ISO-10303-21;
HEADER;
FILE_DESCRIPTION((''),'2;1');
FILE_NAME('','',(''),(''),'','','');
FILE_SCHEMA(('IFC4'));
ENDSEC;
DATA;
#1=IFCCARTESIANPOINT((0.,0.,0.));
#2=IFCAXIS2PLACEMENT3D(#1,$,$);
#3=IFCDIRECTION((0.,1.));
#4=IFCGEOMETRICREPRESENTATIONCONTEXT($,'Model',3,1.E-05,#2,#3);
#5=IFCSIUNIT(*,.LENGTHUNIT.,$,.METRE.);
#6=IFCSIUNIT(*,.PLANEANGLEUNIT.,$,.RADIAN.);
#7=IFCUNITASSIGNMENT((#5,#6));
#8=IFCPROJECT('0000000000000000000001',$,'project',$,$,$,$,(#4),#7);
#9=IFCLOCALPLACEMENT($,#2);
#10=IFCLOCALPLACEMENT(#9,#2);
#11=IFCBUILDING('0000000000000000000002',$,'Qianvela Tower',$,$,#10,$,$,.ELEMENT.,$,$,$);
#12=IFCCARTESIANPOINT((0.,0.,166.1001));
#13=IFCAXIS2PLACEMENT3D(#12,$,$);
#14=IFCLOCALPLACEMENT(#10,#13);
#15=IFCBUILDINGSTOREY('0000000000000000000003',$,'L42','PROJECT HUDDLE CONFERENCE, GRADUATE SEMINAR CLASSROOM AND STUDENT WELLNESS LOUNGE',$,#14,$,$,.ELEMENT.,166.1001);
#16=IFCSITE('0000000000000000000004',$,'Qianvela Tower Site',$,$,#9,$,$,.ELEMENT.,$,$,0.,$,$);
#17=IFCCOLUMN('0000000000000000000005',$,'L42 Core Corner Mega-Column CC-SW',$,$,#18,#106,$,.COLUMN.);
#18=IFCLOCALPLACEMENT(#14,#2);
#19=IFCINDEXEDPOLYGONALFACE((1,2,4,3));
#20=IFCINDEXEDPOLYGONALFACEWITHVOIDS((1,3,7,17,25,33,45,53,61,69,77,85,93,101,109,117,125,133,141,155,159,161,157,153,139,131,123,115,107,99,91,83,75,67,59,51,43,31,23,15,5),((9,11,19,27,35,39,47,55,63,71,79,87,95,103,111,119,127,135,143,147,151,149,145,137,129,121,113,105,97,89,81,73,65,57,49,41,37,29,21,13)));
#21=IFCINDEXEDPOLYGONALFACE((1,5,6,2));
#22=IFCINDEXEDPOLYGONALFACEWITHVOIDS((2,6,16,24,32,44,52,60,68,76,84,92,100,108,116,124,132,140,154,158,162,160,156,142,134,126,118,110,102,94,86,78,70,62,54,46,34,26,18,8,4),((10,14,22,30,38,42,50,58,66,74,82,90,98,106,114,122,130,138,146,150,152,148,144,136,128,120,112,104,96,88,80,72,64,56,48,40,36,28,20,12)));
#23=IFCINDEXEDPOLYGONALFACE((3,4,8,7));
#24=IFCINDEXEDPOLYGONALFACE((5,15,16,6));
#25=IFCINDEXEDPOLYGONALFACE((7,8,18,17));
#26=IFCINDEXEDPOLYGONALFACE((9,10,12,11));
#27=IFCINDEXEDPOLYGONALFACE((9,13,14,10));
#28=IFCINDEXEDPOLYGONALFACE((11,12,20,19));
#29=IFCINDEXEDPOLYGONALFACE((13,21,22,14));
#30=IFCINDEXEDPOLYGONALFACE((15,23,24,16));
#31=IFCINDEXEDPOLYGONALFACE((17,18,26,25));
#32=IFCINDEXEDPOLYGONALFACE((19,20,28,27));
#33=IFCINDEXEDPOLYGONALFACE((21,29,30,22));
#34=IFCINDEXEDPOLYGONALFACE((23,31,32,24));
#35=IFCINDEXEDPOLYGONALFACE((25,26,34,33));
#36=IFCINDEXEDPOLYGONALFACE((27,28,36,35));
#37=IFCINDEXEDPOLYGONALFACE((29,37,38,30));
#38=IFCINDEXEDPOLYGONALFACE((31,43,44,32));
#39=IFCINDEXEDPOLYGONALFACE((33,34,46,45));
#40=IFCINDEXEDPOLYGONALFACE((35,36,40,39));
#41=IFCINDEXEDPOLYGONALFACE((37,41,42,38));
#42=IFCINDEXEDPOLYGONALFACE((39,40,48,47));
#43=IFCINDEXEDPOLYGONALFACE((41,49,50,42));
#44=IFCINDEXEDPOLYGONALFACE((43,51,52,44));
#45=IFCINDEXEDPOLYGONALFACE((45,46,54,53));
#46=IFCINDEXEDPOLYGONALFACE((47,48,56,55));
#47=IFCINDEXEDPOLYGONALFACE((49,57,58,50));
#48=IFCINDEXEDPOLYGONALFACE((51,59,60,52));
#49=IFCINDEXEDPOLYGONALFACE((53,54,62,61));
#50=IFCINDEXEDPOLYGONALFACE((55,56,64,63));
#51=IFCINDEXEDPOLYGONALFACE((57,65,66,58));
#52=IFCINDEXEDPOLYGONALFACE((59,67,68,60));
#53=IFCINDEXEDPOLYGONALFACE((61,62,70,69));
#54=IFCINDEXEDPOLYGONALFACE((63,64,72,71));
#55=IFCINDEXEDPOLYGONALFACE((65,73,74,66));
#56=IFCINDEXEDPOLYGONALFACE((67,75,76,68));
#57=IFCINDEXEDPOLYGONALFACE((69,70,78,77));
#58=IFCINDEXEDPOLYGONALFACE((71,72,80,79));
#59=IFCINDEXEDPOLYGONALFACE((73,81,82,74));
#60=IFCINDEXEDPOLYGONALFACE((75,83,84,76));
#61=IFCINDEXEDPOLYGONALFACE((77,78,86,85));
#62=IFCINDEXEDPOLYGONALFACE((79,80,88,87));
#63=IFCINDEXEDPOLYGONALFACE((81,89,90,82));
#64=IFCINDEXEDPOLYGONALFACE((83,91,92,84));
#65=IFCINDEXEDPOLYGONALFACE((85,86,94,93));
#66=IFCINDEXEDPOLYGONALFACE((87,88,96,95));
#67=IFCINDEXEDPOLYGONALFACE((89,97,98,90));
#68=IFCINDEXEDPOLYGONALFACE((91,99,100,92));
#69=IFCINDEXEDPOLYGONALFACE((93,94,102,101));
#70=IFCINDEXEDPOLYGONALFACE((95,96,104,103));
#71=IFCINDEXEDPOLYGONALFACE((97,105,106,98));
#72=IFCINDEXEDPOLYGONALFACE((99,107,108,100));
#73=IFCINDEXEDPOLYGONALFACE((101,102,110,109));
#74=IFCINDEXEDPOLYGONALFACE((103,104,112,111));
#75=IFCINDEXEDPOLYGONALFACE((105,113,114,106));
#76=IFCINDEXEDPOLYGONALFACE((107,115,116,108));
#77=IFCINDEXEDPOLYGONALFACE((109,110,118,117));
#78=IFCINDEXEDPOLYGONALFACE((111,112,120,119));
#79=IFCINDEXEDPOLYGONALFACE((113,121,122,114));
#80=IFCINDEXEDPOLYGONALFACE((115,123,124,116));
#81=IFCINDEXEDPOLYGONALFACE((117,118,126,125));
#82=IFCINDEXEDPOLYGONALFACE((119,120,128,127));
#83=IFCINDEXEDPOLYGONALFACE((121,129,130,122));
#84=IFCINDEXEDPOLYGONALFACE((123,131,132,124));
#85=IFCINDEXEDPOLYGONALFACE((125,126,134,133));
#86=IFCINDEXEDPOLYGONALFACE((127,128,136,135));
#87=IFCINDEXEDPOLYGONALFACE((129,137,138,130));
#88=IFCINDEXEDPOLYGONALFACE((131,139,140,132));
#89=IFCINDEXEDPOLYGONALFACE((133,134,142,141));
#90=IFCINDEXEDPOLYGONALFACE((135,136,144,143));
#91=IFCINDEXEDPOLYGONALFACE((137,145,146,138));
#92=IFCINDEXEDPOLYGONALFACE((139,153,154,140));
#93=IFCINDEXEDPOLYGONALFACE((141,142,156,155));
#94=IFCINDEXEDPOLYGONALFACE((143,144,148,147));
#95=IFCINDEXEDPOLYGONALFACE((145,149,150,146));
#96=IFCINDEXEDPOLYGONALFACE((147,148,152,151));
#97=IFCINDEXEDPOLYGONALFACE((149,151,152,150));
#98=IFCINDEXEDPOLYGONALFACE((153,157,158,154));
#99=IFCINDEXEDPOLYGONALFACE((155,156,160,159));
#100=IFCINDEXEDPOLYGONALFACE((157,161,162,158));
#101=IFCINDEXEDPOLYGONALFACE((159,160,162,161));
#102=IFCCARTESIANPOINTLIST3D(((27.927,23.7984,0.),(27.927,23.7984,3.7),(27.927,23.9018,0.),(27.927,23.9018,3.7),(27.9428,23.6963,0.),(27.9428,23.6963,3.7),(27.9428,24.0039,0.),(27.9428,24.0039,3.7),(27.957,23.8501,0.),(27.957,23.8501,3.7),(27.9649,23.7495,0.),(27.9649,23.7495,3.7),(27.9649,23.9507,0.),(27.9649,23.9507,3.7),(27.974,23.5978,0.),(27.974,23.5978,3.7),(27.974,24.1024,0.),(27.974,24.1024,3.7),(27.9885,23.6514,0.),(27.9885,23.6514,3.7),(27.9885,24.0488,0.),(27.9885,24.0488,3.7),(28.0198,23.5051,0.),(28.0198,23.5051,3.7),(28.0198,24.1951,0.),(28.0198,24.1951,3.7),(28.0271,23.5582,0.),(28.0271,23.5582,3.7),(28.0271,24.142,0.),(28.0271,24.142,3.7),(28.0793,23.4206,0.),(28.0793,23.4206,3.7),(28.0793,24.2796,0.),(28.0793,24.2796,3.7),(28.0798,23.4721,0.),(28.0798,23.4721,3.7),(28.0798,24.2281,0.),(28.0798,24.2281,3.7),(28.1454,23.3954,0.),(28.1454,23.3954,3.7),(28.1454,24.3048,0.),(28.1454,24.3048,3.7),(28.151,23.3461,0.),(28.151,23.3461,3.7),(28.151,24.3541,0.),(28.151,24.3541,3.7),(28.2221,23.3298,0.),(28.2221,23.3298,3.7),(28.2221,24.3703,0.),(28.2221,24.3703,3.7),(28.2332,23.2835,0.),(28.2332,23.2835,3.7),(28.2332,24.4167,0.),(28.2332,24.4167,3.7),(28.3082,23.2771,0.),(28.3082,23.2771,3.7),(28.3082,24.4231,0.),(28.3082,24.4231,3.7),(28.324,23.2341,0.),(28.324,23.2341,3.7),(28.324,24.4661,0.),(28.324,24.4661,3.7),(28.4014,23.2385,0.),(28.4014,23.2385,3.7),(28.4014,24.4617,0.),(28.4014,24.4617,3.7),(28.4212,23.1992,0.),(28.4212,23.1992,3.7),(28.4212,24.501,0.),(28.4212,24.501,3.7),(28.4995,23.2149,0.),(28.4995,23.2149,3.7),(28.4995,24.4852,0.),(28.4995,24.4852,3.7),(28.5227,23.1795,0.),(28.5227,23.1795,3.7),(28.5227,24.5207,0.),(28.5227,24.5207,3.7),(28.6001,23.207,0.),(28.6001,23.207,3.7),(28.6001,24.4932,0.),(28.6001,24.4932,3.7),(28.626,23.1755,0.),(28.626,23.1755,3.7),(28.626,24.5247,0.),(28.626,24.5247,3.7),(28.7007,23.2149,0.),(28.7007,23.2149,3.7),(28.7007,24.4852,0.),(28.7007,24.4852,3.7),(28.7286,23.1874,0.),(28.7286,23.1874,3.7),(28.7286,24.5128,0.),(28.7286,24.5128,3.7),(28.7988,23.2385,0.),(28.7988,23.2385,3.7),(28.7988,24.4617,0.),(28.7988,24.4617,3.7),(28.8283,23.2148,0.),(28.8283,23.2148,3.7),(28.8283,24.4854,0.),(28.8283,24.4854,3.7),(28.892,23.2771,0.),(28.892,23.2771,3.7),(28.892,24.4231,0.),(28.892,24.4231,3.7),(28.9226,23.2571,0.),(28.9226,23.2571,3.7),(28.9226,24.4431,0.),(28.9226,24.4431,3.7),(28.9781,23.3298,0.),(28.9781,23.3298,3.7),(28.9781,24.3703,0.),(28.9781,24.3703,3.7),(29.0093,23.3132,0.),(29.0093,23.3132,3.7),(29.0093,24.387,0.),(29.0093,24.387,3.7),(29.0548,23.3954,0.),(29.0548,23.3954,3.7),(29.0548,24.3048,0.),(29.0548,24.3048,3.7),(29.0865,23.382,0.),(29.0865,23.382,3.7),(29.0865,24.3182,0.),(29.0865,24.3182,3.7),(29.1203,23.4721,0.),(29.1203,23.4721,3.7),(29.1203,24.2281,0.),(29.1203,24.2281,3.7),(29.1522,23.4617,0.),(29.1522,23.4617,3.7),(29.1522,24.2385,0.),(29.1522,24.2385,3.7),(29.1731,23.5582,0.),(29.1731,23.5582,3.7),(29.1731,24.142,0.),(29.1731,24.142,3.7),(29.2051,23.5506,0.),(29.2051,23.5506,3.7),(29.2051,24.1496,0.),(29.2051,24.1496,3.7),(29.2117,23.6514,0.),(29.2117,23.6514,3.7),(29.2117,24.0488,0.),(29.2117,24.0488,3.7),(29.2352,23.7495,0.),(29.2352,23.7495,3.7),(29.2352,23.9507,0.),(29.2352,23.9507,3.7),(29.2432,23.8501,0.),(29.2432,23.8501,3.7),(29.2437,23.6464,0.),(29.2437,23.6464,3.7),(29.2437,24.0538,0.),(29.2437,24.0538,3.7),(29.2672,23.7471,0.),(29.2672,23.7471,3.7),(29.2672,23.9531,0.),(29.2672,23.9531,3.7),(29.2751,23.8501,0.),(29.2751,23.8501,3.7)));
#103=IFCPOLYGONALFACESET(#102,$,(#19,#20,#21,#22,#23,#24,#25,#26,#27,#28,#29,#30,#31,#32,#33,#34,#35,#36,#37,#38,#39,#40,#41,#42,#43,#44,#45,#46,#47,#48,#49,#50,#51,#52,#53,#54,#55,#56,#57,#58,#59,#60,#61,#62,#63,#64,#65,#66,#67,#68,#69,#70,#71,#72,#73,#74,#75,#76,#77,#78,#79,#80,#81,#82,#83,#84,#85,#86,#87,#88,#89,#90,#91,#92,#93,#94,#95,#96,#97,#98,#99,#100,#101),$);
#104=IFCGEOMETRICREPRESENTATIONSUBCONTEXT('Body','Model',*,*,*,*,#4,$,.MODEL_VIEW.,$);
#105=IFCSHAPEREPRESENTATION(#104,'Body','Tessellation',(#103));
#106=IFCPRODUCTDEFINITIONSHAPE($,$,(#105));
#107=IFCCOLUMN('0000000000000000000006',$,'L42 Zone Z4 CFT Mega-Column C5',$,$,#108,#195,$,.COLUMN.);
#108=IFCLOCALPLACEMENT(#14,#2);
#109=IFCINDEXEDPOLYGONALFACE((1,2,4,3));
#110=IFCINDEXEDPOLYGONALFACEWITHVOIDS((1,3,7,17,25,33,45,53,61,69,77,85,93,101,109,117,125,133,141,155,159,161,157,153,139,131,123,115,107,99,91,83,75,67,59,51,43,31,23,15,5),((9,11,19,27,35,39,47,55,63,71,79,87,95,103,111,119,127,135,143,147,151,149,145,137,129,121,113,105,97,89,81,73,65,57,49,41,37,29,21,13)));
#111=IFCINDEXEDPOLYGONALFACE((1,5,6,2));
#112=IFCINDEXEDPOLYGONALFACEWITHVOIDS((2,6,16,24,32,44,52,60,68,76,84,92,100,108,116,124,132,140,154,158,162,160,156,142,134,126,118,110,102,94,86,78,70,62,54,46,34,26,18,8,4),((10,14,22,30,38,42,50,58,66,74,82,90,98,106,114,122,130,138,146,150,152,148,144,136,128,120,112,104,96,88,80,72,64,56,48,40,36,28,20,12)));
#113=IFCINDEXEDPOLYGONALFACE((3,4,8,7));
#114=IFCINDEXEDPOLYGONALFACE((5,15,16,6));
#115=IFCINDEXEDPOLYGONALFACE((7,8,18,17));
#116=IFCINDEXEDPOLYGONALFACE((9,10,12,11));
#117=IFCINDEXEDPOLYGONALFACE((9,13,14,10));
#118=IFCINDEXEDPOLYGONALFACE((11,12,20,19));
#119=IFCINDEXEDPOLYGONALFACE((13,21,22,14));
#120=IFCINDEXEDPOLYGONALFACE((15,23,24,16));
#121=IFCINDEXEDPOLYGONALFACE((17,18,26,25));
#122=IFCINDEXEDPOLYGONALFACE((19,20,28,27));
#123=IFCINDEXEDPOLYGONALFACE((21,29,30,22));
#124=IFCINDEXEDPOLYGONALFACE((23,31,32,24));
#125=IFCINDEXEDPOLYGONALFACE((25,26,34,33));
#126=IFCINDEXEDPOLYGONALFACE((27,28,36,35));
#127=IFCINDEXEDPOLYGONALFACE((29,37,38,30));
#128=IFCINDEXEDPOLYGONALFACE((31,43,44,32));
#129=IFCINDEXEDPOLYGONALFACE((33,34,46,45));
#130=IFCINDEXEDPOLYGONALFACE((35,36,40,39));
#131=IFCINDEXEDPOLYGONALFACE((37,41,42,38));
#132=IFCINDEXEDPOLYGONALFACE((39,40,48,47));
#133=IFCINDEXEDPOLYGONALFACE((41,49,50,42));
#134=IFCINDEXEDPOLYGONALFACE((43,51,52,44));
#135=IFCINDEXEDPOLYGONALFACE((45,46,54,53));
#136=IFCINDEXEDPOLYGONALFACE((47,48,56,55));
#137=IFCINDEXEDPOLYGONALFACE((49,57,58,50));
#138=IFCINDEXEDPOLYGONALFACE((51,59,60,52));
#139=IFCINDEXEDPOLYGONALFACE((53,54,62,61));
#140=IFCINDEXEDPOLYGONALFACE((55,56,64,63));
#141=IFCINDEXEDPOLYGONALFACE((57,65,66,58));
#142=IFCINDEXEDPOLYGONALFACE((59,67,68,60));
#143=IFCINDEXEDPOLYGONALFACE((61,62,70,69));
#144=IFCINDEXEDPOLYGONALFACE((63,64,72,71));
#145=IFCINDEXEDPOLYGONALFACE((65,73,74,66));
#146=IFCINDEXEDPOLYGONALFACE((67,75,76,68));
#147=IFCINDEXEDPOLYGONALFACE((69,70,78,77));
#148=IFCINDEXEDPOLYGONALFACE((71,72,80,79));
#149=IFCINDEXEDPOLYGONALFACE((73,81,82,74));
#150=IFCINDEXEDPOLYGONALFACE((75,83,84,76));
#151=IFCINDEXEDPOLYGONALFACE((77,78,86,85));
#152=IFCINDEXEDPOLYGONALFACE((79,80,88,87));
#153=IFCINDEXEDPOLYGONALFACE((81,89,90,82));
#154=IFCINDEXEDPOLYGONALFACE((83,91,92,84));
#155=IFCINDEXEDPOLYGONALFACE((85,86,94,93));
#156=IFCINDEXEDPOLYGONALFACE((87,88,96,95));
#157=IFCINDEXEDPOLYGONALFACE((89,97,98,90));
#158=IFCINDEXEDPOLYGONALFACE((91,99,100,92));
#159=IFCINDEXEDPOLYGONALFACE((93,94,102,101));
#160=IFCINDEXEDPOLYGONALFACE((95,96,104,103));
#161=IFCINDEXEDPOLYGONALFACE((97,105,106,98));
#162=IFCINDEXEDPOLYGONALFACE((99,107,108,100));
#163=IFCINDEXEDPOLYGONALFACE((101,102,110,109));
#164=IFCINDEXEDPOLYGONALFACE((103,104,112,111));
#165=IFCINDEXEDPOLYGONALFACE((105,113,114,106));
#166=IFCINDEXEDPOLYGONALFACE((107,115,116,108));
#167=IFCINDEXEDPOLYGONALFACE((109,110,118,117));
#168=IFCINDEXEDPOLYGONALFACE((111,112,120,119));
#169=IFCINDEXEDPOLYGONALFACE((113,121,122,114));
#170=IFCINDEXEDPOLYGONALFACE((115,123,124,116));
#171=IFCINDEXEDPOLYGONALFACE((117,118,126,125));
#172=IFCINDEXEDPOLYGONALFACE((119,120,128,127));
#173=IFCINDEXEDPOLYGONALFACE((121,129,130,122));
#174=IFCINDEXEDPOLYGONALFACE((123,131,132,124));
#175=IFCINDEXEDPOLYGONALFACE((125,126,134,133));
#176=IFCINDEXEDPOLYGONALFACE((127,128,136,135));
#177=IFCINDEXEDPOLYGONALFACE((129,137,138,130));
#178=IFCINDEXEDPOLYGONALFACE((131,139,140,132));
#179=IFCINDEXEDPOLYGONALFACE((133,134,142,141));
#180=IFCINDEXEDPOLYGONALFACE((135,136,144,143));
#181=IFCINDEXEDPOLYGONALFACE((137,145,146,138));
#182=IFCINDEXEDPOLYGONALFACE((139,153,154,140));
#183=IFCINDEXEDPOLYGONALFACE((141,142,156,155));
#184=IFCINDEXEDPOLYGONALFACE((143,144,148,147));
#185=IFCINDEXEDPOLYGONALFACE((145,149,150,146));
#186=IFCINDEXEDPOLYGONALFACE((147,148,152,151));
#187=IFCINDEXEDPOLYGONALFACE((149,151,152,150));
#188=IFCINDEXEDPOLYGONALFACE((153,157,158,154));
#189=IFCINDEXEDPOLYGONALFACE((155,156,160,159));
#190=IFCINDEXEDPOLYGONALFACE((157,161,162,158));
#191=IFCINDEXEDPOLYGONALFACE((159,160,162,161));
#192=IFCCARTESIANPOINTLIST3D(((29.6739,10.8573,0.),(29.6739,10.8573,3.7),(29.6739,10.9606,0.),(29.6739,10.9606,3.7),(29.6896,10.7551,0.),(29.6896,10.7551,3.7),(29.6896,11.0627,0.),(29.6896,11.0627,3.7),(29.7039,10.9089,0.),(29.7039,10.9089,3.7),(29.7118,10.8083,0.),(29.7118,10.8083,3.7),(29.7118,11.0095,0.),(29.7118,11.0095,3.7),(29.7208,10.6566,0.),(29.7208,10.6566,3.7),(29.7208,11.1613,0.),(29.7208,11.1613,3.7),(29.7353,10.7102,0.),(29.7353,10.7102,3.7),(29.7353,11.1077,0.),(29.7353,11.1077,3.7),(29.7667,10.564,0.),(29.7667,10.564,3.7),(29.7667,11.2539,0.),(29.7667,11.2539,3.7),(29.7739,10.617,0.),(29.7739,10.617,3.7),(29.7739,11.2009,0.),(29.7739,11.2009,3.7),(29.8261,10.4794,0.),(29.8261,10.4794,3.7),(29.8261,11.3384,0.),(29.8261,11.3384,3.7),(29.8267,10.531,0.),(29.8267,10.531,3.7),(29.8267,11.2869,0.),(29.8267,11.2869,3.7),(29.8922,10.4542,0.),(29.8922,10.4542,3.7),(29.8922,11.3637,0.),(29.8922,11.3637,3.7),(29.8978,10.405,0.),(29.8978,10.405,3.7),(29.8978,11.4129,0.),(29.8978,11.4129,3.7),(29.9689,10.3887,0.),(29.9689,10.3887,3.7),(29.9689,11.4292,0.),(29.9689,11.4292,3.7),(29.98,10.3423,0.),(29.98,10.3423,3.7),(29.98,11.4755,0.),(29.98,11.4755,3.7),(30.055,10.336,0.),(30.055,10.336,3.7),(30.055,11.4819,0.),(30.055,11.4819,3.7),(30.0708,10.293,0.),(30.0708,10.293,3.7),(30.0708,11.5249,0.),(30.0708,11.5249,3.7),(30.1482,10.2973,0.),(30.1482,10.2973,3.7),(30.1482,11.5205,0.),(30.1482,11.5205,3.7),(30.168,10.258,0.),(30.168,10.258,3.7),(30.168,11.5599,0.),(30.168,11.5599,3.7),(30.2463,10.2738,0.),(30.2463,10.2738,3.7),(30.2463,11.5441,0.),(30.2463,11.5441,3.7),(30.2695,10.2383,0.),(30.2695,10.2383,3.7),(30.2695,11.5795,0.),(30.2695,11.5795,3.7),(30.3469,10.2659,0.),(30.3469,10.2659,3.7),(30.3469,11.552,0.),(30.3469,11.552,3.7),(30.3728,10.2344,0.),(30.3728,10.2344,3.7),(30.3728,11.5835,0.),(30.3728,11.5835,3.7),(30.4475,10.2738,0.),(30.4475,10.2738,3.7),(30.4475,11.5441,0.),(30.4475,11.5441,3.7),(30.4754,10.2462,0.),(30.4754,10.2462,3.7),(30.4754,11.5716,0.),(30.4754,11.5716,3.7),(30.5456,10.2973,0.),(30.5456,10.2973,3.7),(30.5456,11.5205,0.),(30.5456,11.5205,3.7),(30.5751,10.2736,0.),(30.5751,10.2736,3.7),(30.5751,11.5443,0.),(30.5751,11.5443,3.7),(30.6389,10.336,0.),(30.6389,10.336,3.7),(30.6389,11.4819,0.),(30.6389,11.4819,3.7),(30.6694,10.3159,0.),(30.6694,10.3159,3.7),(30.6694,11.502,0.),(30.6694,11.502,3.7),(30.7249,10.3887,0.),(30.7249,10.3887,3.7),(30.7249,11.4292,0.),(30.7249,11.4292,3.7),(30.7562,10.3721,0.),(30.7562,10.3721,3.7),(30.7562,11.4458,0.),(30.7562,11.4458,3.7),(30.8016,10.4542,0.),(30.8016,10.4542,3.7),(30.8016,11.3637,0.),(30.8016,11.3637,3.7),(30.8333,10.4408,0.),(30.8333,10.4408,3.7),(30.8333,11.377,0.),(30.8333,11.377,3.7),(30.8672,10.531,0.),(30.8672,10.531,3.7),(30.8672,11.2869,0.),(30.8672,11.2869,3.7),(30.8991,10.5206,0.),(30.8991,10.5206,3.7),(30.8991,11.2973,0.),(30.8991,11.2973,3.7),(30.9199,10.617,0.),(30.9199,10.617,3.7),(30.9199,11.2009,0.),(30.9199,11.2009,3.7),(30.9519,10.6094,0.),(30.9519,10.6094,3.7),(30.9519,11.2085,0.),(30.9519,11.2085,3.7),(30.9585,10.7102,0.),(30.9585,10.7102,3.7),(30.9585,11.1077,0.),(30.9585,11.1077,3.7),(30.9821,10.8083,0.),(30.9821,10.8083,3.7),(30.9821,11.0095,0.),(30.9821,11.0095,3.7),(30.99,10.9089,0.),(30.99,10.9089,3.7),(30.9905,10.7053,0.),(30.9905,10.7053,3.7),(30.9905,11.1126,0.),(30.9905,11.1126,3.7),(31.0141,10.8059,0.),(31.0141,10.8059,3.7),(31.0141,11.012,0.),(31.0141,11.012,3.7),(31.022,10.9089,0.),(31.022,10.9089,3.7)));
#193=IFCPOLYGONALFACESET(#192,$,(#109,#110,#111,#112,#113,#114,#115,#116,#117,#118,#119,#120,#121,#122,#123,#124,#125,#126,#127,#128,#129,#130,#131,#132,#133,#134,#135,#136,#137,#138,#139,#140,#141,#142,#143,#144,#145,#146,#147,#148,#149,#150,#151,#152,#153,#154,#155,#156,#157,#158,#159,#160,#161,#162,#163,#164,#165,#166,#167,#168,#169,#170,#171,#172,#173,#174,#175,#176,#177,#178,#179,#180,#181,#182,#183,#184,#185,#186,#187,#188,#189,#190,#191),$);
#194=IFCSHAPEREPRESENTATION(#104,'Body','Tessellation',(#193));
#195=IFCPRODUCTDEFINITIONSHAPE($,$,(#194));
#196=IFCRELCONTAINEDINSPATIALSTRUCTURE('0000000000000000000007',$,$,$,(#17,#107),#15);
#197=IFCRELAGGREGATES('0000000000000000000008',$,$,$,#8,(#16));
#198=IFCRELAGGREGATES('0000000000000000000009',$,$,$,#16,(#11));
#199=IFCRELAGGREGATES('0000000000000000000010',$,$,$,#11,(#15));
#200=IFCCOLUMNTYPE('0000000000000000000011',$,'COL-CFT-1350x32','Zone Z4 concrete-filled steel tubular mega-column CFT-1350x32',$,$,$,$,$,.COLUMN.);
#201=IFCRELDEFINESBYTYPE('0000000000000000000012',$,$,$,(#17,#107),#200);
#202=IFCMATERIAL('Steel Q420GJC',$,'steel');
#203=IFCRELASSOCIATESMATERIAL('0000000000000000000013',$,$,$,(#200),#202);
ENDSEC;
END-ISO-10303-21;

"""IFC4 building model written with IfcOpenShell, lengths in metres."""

from ifc_helpers import new_model, si_unit, direction, frame, origin, origin_2d, place, context, subcontext, project, spatial, hollow_circle, extrude, material, material_profile, profile_set, type_object, element, save


model = new_model("IFC4")

# Units and contexts
model_context = context("Model", 3, precision=1e-05, world=origin(), true_north=direction((0.0, 1.0)))
body_context = subcontext(model_context, "Body", "Model", "MODEL_VIEW")
ifc_project = project(units=[si_unit("LENGTHUNIT", "METRE"), si_unit("PLANEANGLEUNIT", "RADIAN")], contexts=[model_context])

# Site, building, storey
site_placement = place(None, origin())
site = spatial("IfcSite", under=ifc_project, at=site_placement, Name="Qianvela Tower Site", CompositionType="ELEMENT", RefElevation=0.0)
building_placement = place(site_placement, origin())
building = spatial("IfcBuilding", under=site, at=building_placement, Name="Qianvela Tower", CompositionType="ELEMENT")
storey_placement = place(building_placement, frame((0.0, 0.0, 166.1001)))
storey = spatial("IfcBuildingStorey", under=building, at=storey_placement, Name="L42", Description="PROJECT HUDDLE CONFERENCE, GRADUATE SEMINAR CLASSROOM AND STUDENT WELLNESS LOUNGE", CompositionType="ELEMENT", Elevation=166.1001)

# Columns
ifc_material_1 = material(Name="Steel Q420GJC", Category="steel")
ifc_material_profile_1 = material_profile(ifc_material_1, hollow_circle(Radius=0.675, WallThickness=0.032, at=origin_2d()), Name="CFT-1350x32")
ifc_profile_set_1 = profile_set([ifc_material_profile_1], Name="Steel Q420GJC")
column_type = type_object("IfcColumnType", Name="COL-CFT-1350x32", Description="Zone Z4 concrete-filled steel tubular mega-column CFT-1350x32", PredefinedType="COLUMN", material=ifc_profile_set_1)
for number, where, z_axis, x_axis, name in (
    (1, (28.6001, 23.8501, 0.0), (0.0, 0.0, 1.0), (1.0, 0.0, 0.0), "L42 Core Corner Mega-Column CC-SW"),
    (2, (30.3469, 10.9089, 0.0), (0.0, 0.0, 1.0), (1.0, 0.0, 0.0), "L42 Zone Z4 CFT Mega-Column C5"),
):
    element("IfcColumn", number, at=place(storey_placement, frame(where, z_axis=z_axis, x_axis=x_axis)), inside=storey, type_object=column_type, Name=name, PredefinedType="COLUMN", context=body_context, shape_type="SweptSolid", body=[
        extrude(hollow_circle(Radius=0.675, WallThickness=0.032, at=origin_2d()), origin(), (0.0, 0.0, 1.0), 3.7),
    ])

save(model, "model.ifc")
